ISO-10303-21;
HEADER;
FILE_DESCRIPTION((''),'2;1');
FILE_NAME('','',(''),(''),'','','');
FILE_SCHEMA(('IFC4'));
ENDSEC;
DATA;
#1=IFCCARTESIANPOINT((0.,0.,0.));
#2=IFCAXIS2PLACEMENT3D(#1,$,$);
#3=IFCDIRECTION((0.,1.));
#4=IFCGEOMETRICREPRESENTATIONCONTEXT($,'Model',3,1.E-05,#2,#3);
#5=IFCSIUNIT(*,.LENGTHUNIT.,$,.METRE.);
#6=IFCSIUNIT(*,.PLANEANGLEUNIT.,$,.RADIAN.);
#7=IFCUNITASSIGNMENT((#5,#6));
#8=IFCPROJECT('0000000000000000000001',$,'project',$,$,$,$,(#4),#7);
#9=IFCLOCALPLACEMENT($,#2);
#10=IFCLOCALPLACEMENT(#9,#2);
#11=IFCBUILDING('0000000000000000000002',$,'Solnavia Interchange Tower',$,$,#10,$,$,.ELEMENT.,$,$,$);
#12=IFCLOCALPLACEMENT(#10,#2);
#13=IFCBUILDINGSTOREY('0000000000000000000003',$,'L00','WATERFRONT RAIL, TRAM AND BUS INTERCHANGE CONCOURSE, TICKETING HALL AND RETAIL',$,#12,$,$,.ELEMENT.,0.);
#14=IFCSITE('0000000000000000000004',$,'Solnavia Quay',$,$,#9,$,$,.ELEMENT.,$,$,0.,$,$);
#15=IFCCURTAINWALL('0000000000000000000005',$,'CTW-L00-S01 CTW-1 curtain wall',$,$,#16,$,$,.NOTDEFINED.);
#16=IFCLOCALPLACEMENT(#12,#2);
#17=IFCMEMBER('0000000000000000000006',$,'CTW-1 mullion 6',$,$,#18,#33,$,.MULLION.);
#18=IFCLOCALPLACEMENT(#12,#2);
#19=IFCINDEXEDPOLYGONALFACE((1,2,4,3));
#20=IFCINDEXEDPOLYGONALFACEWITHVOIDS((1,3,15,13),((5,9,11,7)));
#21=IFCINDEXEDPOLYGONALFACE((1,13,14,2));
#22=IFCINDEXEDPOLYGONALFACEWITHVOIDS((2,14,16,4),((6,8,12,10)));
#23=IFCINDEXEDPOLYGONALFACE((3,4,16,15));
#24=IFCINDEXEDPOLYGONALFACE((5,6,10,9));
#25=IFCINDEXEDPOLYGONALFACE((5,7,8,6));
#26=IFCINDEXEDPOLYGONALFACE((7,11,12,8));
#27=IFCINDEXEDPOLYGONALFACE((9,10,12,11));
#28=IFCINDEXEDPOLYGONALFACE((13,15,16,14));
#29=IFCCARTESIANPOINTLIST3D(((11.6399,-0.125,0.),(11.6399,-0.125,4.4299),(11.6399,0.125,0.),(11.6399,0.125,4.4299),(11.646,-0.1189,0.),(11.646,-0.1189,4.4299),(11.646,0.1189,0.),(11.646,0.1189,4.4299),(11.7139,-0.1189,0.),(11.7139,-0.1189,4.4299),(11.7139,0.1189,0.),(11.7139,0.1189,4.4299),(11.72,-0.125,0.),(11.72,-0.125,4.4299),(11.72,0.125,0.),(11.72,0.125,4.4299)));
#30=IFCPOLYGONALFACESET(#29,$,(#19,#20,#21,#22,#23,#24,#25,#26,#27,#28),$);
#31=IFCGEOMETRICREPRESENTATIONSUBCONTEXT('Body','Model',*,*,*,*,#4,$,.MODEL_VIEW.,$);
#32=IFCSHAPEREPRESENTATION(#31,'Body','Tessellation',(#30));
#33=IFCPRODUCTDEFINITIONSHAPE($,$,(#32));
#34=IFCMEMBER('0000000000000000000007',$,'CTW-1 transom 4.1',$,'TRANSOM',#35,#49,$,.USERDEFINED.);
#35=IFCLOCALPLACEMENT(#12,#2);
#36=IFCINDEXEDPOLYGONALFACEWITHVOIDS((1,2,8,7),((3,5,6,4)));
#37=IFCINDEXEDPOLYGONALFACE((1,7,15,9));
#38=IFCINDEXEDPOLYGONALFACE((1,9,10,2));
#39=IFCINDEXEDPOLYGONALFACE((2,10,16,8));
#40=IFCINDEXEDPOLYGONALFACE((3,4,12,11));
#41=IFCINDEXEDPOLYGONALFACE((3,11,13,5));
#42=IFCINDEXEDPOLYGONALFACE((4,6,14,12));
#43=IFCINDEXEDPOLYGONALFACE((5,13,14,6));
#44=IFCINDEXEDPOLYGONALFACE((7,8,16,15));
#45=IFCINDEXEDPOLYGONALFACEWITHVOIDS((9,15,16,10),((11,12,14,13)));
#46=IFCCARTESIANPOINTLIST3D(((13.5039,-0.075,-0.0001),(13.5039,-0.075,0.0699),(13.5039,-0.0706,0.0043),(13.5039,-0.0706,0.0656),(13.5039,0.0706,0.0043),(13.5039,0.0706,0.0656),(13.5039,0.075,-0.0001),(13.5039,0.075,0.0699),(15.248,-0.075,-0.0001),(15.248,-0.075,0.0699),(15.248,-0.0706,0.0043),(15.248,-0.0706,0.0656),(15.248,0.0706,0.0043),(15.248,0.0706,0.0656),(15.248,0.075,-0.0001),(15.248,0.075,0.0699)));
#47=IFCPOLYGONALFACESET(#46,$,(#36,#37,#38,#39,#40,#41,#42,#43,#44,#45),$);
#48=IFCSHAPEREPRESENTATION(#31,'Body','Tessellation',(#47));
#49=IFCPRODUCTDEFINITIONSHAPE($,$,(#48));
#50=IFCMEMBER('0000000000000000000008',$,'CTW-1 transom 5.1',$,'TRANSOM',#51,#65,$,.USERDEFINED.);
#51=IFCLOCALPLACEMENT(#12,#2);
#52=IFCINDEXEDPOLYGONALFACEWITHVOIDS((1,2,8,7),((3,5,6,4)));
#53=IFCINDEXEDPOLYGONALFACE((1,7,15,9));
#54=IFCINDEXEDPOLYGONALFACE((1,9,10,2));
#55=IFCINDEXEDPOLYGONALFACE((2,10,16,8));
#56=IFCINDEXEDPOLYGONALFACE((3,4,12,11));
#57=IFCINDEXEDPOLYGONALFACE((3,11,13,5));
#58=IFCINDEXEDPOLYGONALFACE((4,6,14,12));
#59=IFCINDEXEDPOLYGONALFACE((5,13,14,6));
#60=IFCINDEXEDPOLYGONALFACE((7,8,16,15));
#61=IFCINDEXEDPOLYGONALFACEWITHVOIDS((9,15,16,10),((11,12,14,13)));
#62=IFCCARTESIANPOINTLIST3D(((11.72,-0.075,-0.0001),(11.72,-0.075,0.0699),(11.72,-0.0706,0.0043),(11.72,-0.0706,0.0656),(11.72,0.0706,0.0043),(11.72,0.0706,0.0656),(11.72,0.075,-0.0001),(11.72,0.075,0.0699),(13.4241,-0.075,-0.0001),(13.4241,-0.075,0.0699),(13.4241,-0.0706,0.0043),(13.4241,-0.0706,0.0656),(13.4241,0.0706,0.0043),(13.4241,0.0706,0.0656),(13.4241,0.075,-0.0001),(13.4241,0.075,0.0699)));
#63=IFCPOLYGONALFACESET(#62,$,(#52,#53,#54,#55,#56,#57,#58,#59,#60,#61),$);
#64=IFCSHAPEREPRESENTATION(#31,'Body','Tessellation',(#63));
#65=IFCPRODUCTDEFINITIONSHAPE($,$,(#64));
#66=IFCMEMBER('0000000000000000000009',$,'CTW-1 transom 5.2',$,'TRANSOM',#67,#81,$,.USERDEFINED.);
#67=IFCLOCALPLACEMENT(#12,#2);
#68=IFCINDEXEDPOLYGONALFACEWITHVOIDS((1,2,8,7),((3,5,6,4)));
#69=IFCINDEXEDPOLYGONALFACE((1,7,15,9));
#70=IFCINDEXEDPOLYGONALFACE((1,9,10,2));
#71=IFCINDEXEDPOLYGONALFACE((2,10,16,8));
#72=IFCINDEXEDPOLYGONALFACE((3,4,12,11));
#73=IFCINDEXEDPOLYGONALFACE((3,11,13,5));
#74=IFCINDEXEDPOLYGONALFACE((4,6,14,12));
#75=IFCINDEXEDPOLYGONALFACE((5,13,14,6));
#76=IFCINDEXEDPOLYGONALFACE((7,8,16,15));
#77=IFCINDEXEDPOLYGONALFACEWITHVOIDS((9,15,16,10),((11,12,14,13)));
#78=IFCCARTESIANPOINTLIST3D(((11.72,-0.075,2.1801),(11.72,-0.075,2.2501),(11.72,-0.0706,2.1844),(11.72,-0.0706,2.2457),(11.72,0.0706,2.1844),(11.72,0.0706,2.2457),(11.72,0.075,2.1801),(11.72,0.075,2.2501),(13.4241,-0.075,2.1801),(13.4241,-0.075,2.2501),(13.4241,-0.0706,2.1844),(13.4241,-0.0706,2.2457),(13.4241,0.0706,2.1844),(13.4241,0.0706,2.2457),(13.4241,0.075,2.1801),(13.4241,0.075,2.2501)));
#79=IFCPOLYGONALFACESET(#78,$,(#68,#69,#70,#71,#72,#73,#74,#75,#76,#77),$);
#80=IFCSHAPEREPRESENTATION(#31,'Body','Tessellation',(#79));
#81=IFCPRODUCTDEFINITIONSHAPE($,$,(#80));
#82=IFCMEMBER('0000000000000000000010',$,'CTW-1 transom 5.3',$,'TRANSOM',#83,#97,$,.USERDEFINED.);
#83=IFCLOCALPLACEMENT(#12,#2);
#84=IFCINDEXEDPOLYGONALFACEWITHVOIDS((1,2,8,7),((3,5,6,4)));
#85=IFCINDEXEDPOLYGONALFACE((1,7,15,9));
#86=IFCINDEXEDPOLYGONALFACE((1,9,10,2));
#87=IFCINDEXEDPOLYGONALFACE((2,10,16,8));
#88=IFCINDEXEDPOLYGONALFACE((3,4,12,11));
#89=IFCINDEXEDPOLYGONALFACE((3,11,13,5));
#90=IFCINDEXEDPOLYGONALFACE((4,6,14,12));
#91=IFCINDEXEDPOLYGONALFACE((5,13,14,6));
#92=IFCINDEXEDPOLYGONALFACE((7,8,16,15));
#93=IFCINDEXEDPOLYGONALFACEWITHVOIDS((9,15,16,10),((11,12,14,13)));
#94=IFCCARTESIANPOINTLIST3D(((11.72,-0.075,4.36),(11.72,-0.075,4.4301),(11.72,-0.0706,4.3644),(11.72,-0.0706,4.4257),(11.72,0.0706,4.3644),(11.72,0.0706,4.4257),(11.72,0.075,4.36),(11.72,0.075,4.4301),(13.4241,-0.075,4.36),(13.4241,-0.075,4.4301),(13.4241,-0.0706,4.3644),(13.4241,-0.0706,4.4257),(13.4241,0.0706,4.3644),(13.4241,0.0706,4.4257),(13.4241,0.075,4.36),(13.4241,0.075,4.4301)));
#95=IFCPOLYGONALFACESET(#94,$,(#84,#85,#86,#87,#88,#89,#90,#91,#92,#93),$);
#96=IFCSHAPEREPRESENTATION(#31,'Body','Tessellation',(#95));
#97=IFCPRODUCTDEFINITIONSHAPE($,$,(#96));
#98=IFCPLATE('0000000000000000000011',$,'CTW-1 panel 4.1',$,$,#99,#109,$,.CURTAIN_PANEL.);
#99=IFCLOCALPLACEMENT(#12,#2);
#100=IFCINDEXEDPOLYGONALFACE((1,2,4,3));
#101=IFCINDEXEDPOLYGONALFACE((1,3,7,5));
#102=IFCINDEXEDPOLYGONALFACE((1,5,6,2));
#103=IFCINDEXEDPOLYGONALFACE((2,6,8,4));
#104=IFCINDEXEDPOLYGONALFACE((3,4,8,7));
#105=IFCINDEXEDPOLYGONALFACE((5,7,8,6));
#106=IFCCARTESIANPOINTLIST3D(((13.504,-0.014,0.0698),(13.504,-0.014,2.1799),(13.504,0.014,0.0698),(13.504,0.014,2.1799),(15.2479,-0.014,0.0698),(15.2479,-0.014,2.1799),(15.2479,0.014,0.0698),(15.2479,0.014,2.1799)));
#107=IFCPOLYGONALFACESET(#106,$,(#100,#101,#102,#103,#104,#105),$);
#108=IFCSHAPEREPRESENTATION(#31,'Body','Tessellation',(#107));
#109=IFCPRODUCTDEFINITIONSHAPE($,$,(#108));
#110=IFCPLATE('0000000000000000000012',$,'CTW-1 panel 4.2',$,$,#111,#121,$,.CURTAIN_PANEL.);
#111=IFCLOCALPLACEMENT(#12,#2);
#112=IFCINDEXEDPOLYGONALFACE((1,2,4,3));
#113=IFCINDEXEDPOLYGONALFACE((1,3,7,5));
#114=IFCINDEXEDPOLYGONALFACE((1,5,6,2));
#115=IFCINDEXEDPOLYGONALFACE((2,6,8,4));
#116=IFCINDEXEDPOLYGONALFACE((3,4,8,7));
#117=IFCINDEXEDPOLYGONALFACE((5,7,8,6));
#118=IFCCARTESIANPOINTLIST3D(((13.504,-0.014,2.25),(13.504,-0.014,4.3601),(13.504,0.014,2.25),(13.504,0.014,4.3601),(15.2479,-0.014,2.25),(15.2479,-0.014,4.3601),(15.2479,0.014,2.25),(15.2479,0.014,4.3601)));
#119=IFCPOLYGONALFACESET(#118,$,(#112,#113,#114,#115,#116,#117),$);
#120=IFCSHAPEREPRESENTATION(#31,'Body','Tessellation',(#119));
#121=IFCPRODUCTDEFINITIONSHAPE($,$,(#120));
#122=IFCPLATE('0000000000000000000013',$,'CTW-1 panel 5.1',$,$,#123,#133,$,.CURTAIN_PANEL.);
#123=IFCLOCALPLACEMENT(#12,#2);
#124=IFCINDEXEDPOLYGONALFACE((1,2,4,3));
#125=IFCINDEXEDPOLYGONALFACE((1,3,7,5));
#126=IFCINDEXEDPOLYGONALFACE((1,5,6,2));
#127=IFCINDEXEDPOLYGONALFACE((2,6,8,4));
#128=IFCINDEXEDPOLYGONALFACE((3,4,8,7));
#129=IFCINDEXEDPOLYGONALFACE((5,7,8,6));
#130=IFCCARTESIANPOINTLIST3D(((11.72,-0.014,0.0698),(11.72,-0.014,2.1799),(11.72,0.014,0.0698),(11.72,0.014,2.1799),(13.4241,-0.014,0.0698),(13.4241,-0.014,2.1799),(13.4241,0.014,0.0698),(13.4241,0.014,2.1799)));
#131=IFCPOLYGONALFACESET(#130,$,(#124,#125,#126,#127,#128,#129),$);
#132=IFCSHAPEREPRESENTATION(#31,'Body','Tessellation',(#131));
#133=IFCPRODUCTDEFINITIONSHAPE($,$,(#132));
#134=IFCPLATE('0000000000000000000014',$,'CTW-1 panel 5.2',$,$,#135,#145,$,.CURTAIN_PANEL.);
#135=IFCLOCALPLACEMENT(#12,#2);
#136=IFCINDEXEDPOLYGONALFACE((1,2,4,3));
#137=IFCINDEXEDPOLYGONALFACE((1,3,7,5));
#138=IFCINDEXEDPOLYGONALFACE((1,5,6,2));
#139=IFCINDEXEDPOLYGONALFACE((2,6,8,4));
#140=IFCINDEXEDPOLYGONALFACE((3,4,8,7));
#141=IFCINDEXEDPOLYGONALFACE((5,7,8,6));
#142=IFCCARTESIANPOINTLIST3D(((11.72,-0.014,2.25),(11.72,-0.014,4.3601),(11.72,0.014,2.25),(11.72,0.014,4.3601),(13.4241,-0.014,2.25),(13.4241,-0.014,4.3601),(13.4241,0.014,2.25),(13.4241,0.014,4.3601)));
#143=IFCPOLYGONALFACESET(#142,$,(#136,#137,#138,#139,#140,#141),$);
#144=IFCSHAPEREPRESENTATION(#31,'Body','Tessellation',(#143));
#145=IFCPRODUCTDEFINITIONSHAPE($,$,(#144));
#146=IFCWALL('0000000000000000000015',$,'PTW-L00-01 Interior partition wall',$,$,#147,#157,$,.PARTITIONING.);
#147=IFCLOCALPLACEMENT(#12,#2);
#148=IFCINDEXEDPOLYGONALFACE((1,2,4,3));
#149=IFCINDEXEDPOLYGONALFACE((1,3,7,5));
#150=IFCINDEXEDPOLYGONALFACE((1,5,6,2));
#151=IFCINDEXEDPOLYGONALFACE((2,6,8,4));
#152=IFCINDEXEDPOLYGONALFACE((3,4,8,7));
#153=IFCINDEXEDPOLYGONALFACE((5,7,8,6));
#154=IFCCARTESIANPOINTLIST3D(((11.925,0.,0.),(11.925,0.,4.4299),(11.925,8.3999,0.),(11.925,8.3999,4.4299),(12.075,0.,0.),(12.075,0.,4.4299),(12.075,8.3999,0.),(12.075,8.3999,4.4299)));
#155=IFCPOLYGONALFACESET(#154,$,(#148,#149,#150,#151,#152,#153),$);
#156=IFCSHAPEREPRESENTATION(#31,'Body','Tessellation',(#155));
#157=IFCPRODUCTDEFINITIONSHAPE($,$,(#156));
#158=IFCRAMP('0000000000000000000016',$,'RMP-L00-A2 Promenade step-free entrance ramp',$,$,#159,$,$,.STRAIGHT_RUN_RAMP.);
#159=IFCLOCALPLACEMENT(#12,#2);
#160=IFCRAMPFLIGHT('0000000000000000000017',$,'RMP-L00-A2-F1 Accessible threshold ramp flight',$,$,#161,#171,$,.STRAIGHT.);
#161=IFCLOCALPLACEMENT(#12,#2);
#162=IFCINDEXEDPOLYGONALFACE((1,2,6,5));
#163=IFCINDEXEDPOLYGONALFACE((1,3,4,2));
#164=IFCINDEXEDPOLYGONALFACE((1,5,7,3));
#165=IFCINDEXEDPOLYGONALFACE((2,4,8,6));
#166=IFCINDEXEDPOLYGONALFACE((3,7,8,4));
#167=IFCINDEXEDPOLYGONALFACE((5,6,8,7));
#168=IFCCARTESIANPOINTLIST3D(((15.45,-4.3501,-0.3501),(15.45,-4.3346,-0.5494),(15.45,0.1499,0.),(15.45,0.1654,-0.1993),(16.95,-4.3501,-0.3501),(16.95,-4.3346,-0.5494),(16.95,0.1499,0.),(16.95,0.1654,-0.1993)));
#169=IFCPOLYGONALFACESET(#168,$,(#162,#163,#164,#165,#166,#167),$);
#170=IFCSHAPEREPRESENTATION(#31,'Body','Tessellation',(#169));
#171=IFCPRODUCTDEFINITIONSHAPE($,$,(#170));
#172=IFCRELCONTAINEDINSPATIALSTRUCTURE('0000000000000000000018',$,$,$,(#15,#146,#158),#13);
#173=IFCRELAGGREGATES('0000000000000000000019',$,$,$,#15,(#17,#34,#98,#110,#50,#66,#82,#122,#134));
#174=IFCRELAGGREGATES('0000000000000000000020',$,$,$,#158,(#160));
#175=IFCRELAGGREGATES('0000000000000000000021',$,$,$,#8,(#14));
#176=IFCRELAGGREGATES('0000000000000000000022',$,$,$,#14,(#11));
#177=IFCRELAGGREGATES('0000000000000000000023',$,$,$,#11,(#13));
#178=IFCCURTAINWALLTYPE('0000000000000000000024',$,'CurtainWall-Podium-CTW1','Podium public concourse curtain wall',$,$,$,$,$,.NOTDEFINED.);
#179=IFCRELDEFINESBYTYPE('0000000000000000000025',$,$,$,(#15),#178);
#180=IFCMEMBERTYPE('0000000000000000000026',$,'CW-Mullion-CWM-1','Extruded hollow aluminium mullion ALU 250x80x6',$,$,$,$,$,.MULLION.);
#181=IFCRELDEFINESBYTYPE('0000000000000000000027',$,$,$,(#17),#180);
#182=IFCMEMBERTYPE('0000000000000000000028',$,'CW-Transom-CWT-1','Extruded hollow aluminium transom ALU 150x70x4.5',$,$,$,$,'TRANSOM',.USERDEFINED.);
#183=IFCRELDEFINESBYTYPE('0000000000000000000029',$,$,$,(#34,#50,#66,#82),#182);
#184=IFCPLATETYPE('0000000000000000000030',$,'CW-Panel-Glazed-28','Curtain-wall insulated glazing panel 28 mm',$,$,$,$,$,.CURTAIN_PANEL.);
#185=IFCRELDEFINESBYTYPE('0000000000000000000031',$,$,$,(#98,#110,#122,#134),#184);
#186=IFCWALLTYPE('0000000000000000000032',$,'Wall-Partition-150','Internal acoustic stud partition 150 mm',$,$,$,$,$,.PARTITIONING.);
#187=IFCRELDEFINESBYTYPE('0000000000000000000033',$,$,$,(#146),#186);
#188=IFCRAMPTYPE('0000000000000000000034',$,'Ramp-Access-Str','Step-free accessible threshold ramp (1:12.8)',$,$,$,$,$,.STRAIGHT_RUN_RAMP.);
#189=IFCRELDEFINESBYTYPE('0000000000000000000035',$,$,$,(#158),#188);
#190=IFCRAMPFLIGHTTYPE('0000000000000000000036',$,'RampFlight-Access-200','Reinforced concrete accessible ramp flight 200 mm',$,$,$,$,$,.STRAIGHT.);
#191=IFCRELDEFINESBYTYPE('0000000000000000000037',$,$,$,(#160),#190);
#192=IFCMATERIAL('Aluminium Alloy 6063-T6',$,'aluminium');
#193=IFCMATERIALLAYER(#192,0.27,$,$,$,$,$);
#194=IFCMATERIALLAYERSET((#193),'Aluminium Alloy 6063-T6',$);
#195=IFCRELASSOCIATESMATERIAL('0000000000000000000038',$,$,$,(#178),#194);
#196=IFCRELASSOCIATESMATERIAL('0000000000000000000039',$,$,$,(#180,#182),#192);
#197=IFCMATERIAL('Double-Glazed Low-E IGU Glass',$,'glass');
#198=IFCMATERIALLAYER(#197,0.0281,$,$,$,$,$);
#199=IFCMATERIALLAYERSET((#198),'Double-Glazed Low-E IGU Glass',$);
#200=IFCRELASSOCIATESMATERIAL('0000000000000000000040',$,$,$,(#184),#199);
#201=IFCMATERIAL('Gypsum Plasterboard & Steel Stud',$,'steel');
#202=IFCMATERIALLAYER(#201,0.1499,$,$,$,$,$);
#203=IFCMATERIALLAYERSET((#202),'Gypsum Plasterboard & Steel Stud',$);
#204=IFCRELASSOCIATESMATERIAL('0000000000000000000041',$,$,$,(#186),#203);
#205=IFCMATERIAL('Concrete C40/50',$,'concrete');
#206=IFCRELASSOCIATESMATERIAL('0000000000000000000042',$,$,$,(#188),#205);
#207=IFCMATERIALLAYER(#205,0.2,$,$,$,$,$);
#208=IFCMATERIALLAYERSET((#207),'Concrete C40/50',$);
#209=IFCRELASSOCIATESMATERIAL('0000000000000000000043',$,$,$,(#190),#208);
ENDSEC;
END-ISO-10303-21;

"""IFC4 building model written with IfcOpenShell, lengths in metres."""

from ifc_helpers import new_model, si_unit, direction, frame, frame_2d, origin, origin_2d, place, context, subcontext, project, spatial, polyline, rectangle, hollow_rectangle, outline, extrude, material, layer, layer_set, material_profile, profile_set, type_object, element, aggregate, save


model = new_model("IFC4")

# Units and contexts
model_context = context("Model", 3, precision=1e-05, world=origin(), true_north=direction((0.0, 1.0)))
body_context = subcontext(model_context, "Body", "Model", "MODEL_VIEW")
ifc_project = project(units=[si_unit("LENGTHUNIT", "METRE"), si_unit("PLANEANGLEUNIT", "RADIAN")], contexts=[model_context])

# Site, building, storey
site_placement = place(None, origin())
site = spatial("IfcSite", under=ifc_project, at=site_placement, Name="Solnavia Quay", CompositionType="ELEMENT", RefElevation=0.0)
building_placement = place(site_placement, origin())
building = spatial("IfcBuilding", under=site, at=building_placement, Name="Solnavia Interchange Tower", CompositionType="ELEMENT")
storey_placement = place(building_placement, origin())
storey = spatial("IfcBuildingStorey", under=building, at=storey_placement, Name="L00", Description="WATERFRONT RAIL, TRAM AND BUS INTERCHANGE CONCOURSE, TICKETING HALL AND RETAIL", CompositionType="ELEMENT", Elevation=0.0)

# Curtain wall, members, plates
ifc_material_1 = material(Name="Aluminium Alloy 6063-T6", Category="aluminium")
ifc_layer_1 = layer(ifc_material_1, 0.27)
ifc_layer_set_1 = layer_set([ifc_layer_1], Name="Aluminium Alloy 6063-T6")
curtain_wall_type = type_object("IfcCurtainWallType", Name="CurtainWall-Podium-CTW1", Description="Podium public concourse curtain wall", PredefinedType="NOTDEFINED", material=ifc_layer_set_1)
curtain_wall_placement = place(storey_placement, origin())
curtain_wall = element("IfcCurtainWall", 1, at=curtain_wall_placement, inside=storey, type_object=curtain_wall_type, Name="CTW-L00-S01 CTW-1 curtain wall", PredefinedType="NOTDEFINED")
ifc_material_profile_1 = material_profile(ifc_material_1, hollow_rectangle(XDim=0.0801, YDim=0.25, WallThickness=0.0061, at=origin_2d()), Name="ALU 250x80x6")
ifc_profile_set_1 = profile_set([ifc_material_profile_1], Name="Aluminium Alloy 6063-T6")
member_type_1 = type_object("IfcMemberType", Name="CW-Mullion-CWM-1", Description="Extruded hollow aluminium mullion ALU 250x80x6", PredefinedType="MULLION", material=ifc_profile_set_1)
member_1_placement = place(storey_placement, frame((11.6799, 0.0, 0.0), z_axis=(0.0, 0.0, 1.0), x_axis=(-1.0, 0.0, 0.0)))
member_1 = element("IfcMember", 2, at=member_1_placement, type_object=member_type_1, Name="CTW-1 mullion 6", PredefinedType="MULLION", context=body_context, shape_type="SweptSolid", body=[
    extrude(hollow_rectangle(XDim=0.0801, YDim=0.25, WallThickness=0.0061, at=origin_2d()), origin(), (0.0, 0.0, 1.0), 4.4299),
])
ifc_material_profile_2 = material_profile(ifc_material_1, hollow_rectangle(XDim=0.0701, YDim=0.1499, WallThickness=0.0044, at=origin_2d()), Name="ALU 150x70x4.5")
ifc_profile_set_2 = profile_set([ifc_material_profile_2], Name="Aluminium Alloy 6063-T6")
member_type_2 = type_object("IfcMemberType", Name="CW-Transom-CWT-1", Description="Extruded hollow aluminium transom ALU 150x70x4.5", ElementType="TRANSOM", PredefinedType="USERDEFINED", material=ifc_profile_set_2)
member_2_placement = place(storey_placement, frame((15.248, 0.0, 0.0349), z_axis=(-1.0, 0.0, 0.0), x_axis=(0.0, 0.0, 1.0)))
member_2 = element("IfcMember", 3, at=member_2_placement, type_object=member_type_2, Name="CTW-1 transom 4.1", ObjectType="TRANSOM", PredefinedType="USERDEFINED", context=body_context, shape_type="SweptSolid", body=[
    extrude(hollow_rectangle(XDim=0.0701, YDim=0.1499, WallThickness=0.0044, at=origin_2d()), origin(), (0.0, 0.0, 1.0), 1.7441),
])
member_3_placement = place(storey_placement, frame((13.4241, 0.0, 0.0349), z_axis=(-1.0, 0.0, 0.0), x_axis=(0.0, 0.0, 1.0)))
member_3 = element("IfcMember", 4, at=member_3_placement, type_object=member_type_2, Name="CTW-1 transom 5.1", ObjectType="TRANSOM", PredefinedType="USERDEFINED", context=body_context, shape_type="SweptSolid", body=[
    extrude(hollow_rectangle(XDim=0.0701, YDim=0.1499, WallThickness=0.0044, at=origin_2d()), origin(), (0.0, 0.0, 1.0), 1.7041),
])
member_4_placement = place(storey_placement, frame((13.4241, 0.0, 2.2151), z_axis=(-1.0, 0.0, 0.0), x_axis=(0.0, 0.0, 1.0)))
member_4 = element("IfcMember", 5, at=member_4_placement, type_object=member_type_2, Name="CTW-1 transom 5.2", ObjectType="TRANSOM", PredefinedType="USERDEFINED", context=body_context, shape_type="SweptSolid", body=[
    extrude(hollow_rectangle(XDim=0.0701, YDim=0.1499, WallThickness=0.0044, at=origin_2d()), origin(), (0.0, 0.0, 1.0), 1.7041),
])
member_5_placement = place(storey_placement, frame((13.4241, 0.0, 4.395), z_axis=(-1.0, 0.0, 0.0), x_axis=(0.0, 0.0, 1.0)))
member_5 = element("IfcMember", 6, at=member_5_placement, type_object=member_type_2, Name="CTW-1 transom 5.3", ObjectType="TRANSOM", PredefinedType="USERDEFINED", context=body_context, shape_type="SweptSolid", body=[
    extrude(hollow_rectangle(XDim=0.0701, YDim=0.1499, WallThickness=0.0044, at=origin_2d()), origin(), (0.0, 0.0, 1.0), 1.7041),
])
ifc_material_2 = material(Name="Double-Glazed Low-E IGU Glass", Category="glass")
ifc_layer_2 = layer(ifc_material_2, 0.0281)
ifc_layer_set_2 = layer_set([ifc_layer_2], Name="Double-Glazed Low-E IGU Glass")
plate_type = type_object("IfcPlateType", Name="CW-Panel-Glazed-28", Description="Curtain-wall insulated glazing panel 28 mm", PredefinedType="CURTAIN_PANEL", material=ifc_layer_set_2)
plate_1_placement = place(storey_placement, frame((14.376, 0.0, 0.0698), z_axis=(0.0, 0.0, 1.0), x_axis=(-1.0, 0.0, 0.0)))
plate_1 = element("IfcPlate", 7, at=plate_1_placement, type_object=plate_type, Name="CTW-1 panel 4.1", PredefinedType="CURTAIN_PANEL", context=body_context, shape_type="SweptSolid", body=[
    extrude(rectangle(XDim=1.7439, YDim=0.0281, at=origin_2d()), origin(), (0.0, 0.0, 1.0), 2.1101),
])
plate_2_placement = place(storey_placement, frame((14.376, 0.0, 2.25), z_axis=(0.0, 0.0, 1.0), x_axis=(-1.0, 0.0, 0.0)))
plate_2 = element("IfcPlate", 8, at=plate_2_placement, type_object=plate_type, Name="CTW-1 panel 4.2", PredefinedType="CURTAIN_PANEL", context=body_context, shape_type="SweptSolid", body=[
    extrude(rectangle(XDim=1.7439, YDim=0.0281, at=origin_2d()), origin(), (0.0, 0.0, 1.0), 2.1101),
])
plate_3_placement = place(storey_placement, frame((12.572, 0.0, 0.0698), z_axis=(0.0, 0.0, 1.0), x_axis=(-1.0, 0.0, 0.0)))
plate_3 = element("IfcPlate", 9, at=plate_3_placement, type_object=plate_type, Name="CTW-1 panel 5.1", PredefinedType="CURTAIN_PANEL", context=body_context, shape_type="SweptSolid", body=[
    extrude(rectangle(XDim=1.7041, YDim=0.0281, at=origin_2d()), origin(), (0.0, 0.0, 1.0), 2.1101),
])
plate_4_placement = place(storey_placement, frame((12.572, 0.0, 2.25), z_axis=(0.0, 0.0, 1.0), x_axis=(-1.0, 0.0, 0.0)))
plate_4 = element("IfcPlate", 10, at=plate_4_placement, type_object=plate_type, Name="CTW-1 panel 5.2", PredefinedType="CURTAIN_PANEL", context=body_context, shape_type="SweptSolid", body=[
    extrude(rectangle(XDim=1.7041, YDim=0.0281, at=origin_2d()), origin(), (0.0, 0.0, 1.0), 2.1101),
])
aggregate(curtain_wall, [member_1, member_2, plate_1, plate_2, member_3, member_4, member_5, plate_3, plate_4])

# Shared definitions
ifc_material_3 = material(Name="Concrete C40/50", Category="concrete")

# Wall
ifc_material_4 = material(Name="Gypsum Plasterboard & Steel Stud", Category="steel")
ifc_layer_3 = layer(ifc_material_4, 0.1499)
ifc_layer_set_3 = layer_set([ifc_layer_3], Name="Gypsum Plasterboard & Steel Stud")
wall_type_1 = type_object("IfcWallType", Name="Wall-Partition-150", Description="Internal acoustic stud partition 150 mm", PredefinedType="PARTITIONING", material=ifc_layer_set_3)
wall_1_placement = place(storey_placement, frame((12.0, 0.0, 0.0), z_axis=(0.0, 0.0, 1.0), x_axis=(0.0, 1.0, 0.0)))
element("IfcWall", 11, at=wall_1_placement, inside=storey, type_object=wall_type_1, Name="PTW-L00-01 Interior partition wall", PredefinedType="PARTITIONING", context=body_context, shape_type="SweptSolid", body=[
    extrude(rectangle(XDim=8.3999, YDim=0.1499, at=frame_2d((4.2, 0.0))), origin(), (0.0, 0.0, 1.0), 4.4299),
])

# Ramp, ramp flight
ramp_type = type_object("IfcRampType", Name="Ramp-Access-Str", Description="Step-free accessible threshold ramp (1:12.8)", PredefinedType="STRAIGHT_RUN_RAMP", material=ifc_material_3)
ramp_placement = place(storey_placement, origin())
ramp = element("IfcRamp", 12, at=ramp_placement, inside=storey, type_object=ramp_type, Name="RMP-L00-A2 Promenade step-free entrance ramp", PredefinedType="STRAIGHT_RUN_RAMP")
ifc_layer_4 = layer(ifc_material_3, 0.2)
ifc_layer_set_4 = layer_set([ifc_layer_4], Name="Concrete C40/50")
ramp_flight_type = type_object("IfcRampFlightType", Name="RampFlight-Access-200", Description="Reinforced concrete accessible ramp flight 200 mm", PredefinedType="STRAIGHT", material=ifc_layer_set_4)
ramp_flight_placement = place(storey_placement, frame((15.45, -4.3501, -0.3501), z_axis=(0.0, -0.077565, 0.996987), x_axis=(1.0, 0.0, 0.0)))
ramp_flight = element("IfcRampFlight", 13, at=ramp_flight_placement, type_object=ramp_flight_type, Name="RMP-L00-A2-F1 Accessible threshold ramp flight", PredefinedType="STRAIGHT", context=body_context, shape_type="SweptSolid", body=[
    extrude(outline(polyline([(0.0, 0.0), (1.5, 0.0), (1.5, 4.5136), (0.0, 4.5136), (0.0, 0.0)])), origin(), (0.0, 0.0, -1.0), 0.2),
])
aggregate(ramp, [ramp_flight])

save(model, "model.ifc")
